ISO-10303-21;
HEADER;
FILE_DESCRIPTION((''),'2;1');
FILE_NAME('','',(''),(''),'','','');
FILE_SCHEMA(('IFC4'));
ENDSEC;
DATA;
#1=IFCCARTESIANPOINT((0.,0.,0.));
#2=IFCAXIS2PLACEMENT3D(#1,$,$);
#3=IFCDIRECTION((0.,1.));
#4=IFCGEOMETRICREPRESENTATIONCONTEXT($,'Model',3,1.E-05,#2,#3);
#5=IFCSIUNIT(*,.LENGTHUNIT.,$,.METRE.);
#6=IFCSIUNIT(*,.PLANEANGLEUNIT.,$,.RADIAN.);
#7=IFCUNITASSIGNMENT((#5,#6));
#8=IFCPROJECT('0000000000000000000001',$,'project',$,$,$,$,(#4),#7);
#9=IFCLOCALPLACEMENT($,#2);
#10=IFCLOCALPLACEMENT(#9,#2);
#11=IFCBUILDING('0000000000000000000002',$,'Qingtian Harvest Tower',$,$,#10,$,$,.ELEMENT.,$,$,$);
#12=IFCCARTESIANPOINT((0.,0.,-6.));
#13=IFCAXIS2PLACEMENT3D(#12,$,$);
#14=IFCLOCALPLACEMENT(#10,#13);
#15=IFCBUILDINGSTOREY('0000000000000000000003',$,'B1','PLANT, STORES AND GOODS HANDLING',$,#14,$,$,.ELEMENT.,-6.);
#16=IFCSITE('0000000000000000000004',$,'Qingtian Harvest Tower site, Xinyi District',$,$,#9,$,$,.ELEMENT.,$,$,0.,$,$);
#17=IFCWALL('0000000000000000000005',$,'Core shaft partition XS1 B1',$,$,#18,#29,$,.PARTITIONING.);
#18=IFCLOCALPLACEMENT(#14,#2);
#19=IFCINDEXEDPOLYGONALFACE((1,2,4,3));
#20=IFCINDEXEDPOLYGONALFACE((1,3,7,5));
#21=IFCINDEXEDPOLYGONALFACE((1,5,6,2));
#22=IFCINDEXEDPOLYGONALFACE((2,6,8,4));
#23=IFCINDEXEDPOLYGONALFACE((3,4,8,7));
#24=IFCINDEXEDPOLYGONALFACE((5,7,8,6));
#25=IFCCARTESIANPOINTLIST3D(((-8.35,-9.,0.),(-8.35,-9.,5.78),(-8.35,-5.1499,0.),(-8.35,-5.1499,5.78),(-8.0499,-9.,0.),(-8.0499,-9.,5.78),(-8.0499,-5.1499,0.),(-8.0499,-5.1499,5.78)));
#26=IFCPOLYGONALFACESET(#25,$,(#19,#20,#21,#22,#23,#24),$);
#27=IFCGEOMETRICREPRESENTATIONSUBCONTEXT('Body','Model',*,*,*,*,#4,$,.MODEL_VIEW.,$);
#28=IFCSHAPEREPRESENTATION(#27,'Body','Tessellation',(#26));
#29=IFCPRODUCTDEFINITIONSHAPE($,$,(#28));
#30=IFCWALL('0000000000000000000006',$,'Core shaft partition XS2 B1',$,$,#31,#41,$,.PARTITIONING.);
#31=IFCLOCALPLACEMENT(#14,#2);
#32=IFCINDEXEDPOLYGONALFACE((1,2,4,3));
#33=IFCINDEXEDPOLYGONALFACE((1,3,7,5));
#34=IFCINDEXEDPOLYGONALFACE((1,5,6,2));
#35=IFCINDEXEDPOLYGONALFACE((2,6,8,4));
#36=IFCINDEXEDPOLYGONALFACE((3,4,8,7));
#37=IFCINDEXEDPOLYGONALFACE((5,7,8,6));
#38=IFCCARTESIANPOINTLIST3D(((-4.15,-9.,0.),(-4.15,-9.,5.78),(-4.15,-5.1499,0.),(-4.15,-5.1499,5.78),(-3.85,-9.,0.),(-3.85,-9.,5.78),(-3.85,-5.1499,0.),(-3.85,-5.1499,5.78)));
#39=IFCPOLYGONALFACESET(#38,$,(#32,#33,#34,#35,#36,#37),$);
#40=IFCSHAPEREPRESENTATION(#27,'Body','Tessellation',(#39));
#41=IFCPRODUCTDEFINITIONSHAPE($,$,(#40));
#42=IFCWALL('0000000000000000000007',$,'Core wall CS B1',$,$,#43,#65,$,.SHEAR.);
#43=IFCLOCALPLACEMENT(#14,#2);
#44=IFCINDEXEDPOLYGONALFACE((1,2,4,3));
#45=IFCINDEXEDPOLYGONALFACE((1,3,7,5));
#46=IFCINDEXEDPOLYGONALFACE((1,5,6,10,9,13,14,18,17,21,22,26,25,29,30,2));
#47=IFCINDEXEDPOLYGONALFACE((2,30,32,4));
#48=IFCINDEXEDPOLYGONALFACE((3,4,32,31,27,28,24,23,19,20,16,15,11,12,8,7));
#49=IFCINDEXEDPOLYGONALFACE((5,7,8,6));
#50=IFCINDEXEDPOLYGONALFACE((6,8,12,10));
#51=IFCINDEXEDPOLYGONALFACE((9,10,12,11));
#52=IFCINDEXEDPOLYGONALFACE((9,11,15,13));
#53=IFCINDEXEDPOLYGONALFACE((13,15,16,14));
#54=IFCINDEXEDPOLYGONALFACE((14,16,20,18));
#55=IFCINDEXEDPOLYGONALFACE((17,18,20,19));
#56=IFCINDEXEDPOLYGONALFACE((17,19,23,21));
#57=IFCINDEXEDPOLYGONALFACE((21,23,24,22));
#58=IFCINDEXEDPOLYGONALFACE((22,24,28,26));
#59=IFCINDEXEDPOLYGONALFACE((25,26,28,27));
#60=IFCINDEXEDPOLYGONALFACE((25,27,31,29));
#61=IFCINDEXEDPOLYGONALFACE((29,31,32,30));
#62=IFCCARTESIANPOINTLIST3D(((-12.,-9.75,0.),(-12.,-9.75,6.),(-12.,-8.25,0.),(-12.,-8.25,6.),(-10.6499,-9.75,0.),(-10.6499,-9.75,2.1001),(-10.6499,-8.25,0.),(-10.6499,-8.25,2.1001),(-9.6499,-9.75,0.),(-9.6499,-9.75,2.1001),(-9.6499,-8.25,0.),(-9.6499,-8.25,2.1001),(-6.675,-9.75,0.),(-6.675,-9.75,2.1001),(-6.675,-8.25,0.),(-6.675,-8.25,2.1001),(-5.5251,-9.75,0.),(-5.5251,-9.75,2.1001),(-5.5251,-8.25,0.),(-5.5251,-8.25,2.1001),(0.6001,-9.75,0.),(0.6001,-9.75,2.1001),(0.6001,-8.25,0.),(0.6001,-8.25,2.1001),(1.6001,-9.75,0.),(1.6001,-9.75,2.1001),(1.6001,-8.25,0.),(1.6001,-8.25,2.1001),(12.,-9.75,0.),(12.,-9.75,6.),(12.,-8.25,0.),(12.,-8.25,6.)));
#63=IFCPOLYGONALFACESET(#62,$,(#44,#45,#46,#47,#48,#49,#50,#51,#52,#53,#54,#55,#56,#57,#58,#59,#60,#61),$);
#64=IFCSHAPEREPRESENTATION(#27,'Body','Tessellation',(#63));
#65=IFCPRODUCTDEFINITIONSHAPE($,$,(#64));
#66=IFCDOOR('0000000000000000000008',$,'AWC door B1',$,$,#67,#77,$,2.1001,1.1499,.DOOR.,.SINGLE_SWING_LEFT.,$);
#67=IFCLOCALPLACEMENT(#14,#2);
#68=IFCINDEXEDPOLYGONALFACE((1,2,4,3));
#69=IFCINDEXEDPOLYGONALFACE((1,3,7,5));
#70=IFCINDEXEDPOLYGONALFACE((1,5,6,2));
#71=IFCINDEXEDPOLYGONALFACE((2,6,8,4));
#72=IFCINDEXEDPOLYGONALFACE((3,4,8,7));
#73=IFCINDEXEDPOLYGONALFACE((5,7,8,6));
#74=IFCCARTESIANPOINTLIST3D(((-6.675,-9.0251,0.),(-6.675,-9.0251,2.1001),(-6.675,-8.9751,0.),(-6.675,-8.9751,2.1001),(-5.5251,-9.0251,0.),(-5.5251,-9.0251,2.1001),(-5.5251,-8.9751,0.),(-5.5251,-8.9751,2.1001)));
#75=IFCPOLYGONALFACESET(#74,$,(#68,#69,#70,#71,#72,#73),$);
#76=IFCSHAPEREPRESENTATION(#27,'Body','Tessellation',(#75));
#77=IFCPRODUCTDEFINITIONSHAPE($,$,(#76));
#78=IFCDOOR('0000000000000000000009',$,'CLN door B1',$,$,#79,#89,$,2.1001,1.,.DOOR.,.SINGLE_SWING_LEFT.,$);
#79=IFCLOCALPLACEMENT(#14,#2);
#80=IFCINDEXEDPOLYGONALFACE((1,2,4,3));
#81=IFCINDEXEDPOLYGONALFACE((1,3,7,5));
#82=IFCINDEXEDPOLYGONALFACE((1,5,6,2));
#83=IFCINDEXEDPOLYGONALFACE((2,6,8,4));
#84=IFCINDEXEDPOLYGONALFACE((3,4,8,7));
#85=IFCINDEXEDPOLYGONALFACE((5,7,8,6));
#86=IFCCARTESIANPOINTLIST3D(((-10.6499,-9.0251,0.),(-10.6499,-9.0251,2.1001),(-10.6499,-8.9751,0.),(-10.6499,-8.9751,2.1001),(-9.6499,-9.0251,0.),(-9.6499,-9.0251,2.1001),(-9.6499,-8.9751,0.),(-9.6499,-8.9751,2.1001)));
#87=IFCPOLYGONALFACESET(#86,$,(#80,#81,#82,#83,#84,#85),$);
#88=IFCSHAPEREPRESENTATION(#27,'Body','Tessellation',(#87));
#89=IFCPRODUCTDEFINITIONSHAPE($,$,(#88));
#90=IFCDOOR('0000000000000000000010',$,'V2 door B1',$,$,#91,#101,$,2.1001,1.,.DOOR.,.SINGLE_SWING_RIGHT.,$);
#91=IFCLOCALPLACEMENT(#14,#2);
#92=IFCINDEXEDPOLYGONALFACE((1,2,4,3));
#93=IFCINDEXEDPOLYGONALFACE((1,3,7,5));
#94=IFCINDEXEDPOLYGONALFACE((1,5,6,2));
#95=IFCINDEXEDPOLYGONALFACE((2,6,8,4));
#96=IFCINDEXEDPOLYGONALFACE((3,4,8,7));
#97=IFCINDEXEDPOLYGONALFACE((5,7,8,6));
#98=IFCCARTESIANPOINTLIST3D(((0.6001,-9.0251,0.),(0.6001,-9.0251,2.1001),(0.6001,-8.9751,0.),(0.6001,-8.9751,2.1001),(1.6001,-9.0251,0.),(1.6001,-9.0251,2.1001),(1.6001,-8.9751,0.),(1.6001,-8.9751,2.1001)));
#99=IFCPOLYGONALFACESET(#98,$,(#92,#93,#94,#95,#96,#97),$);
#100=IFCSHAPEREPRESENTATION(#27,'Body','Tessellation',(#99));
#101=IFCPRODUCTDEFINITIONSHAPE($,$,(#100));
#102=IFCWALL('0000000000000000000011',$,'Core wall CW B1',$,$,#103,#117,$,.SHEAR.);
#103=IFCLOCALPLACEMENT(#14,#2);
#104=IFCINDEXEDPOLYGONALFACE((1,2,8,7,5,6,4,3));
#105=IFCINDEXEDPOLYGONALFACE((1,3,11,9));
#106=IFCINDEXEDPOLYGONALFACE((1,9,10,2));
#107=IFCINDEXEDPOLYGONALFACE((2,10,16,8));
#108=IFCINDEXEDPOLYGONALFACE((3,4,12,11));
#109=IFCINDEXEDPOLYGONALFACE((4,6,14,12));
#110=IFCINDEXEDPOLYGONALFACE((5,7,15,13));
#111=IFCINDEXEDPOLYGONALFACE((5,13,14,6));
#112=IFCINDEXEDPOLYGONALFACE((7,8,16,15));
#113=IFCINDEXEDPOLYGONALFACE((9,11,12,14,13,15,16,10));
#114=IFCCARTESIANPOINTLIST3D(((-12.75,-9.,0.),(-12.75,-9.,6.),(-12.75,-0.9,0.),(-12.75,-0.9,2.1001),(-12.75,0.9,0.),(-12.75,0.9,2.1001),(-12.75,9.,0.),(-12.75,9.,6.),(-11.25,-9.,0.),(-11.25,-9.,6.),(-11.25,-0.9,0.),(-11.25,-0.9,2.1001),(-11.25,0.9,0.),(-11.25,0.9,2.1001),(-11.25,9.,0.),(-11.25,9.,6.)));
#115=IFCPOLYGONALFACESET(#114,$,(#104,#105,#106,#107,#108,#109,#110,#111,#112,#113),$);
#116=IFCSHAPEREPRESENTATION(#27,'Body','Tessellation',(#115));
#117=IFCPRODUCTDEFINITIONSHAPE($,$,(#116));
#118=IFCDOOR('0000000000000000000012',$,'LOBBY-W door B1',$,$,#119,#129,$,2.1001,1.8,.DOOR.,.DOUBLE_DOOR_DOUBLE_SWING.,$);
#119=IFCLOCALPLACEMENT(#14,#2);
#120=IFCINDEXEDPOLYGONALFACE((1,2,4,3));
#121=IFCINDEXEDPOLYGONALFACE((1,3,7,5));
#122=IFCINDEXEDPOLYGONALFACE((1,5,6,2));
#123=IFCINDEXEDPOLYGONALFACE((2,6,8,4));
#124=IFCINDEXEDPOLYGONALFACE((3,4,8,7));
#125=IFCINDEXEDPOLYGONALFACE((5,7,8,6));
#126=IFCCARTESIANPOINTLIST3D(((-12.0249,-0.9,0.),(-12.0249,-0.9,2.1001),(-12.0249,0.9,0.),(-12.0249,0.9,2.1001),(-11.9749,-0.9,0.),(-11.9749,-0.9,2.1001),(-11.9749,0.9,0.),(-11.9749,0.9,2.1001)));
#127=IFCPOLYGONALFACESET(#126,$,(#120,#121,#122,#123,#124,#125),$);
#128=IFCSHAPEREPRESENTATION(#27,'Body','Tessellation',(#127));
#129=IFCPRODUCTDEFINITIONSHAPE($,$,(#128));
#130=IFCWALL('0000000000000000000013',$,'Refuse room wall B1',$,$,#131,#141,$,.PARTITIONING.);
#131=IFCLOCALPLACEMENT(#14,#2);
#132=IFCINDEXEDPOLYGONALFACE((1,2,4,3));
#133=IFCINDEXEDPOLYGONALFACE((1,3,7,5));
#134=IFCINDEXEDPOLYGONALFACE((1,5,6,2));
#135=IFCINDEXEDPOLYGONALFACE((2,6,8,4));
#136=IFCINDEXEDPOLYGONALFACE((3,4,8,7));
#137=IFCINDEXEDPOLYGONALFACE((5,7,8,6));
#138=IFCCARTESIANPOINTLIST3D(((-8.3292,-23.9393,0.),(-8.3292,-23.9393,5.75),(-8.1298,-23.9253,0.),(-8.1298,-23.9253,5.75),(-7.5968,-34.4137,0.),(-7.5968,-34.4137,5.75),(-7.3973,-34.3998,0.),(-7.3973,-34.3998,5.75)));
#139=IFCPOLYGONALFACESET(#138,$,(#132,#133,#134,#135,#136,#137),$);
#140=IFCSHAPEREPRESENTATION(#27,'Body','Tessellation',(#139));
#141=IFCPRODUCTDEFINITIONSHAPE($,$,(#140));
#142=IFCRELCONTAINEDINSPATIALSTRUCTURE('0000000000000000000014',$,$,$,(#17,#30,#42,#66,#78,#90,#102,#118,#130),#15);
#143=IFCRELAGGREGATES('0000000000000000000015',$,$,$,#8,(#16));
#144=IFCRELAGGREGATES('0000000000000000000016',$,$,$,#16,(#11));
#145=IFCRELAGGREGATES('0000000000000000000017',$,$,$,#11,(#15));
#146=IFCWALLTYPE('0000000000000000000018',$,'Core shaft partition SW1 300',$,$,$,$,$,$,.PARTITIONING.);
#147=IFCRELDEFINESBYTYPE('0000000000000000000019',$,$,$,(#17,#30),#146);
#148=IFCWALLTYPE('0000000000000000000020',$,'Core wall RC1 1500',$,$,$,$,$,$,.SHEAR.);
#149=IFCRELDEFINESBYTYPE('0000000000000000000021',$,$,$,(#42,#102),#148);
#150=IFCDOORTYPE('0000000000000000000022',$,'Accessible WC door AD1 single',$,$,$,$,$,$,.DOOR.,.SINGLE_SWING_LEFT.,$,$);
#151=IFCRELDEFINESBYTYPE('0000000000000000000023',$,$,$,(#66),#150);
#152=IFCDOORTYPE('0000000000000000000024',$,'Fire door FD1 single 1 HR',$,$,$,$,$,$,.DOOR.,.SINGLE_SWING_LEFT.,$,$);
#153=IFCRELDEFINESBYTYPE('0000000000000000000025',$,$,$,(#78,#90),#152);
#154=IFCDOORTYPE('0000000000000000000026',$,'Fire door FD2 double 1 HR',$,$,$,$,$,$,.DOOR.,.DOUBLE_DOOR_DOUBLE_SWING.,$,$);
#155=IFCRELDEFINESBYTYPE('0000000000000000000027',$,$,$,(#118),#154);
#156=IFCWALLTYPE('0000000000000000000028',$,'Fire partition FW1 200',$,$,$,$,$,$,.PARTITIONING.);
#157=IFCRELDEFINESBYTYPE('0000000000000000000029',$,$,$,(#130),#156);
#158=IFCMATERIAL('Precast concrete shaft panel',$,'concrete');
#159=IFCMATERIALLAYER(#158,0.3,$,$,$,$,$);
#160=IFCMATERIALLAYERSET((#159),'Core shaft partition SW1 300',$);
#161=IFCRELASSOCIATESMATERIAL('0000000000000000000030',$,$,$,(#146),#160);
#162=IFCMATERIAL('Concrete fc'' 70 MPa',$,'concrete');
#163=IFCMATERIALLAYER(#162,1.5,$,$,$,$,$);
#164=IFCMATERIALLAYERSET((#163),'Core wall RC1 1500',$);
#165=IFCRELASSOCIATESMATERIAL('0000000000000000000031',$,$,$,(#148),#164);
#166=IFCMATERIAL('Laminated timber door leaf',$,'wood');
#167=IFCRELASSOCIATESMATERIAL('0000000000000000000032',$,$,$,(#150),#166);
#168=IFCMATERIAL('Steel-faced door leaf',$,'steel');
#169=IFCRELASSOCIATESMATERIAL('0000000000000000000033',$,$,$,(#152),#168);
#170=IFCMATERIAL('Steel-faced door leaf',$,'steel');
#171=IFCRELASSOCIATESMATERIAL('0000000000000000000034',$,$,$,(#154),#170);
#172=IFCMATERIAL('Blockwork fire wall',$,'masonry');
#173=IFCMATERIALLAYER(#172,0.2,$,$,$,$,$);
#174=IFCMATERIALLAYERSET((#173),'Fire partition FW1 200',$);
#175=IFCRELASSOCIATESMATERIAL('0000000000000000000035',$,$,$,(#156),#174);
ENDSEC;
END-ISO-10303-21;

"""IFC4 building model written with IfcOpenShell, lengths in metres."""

from ifc_helpers import new_model, si_unit, direction, frame, frame_2d, origin, place, context, subcontext, project, spatial, rectangle, extrude, material, layer, layer_set, type_object, element, fill, save


model = new_model("IFC4")

# Units and contexts
model_context = context("Model", 3, precision=1e-05, world=origin(), true_north=direction((0.0, 1.0)))
body_context = subcontext(model_context, "Body", "Model", "MODEL_VIEW")
ifc_project = project(units=[si_unit("LENGTHUNIT", "METRE"), si_unit("PLANEANGLEUNIT", "RADIAN")], contexts=[model_context])

# Site, building, storey
site_placement = place(None, origin())
site = spatial("IfcSite", under=ifc_project, at=site_placement, Name="Qingtian Harvest Tower site, Xinyi District", CompositionType="ELEMENT", RefElevation=0.0)
building_placement = place(site_placement, origin())
building = spatial("IfcBuilding", under=site, at=building_placement, Name="Qingtian Harvest Tower", CompositionType="ELEMENT")
storey_placement = place(building_placement, frame((0.0, 0.0, -6.0)))
storey = spatial("IfcBuildingStorey", under=building, at=storey_placement, Name="B1", Description="PLANT, STORES AND GOODS HANDLING", CompositionType="ELEMENT", Elevation=-6.0)

# Walls
ifc_material_1 = material(Name="Precast concrete shaft panel", Category="concrete")
ifc_layer_1 = layer(ifc_material_1, 0.3)
ifc_layer_set_1 = layer_set([ifc_layer_1], Name="Core shaft partition SW1 300")
wall_type_1 = type_object("IfcWallType", Name="Core shaft partition SW1 300", PredefinedType="PARTITIONING", material=ifc_layer_set_1)
for number, where, z_axis, x_axis, name in (
    (1, (-8.2, -9.0, 0.0), (0.0, 0.0, 1.0), (0.0, 1.0, 0.0), "Core shaft partition XS1 B1"),
    (2, (-4.0, -9.0, 0.0), (0.0, 0.0, 1.0), (0.0, 1.0, 0.0), "Core shaft partition XS2 B1"),
):
    element("IfcWall", number, at=place(storey_placement, frame(where, z_axis=z_axis, x_axis=x_axis)), inside=storey, type_object=wall_type_1, Name=name, PredefinedType="PARTITIONING", context=body_context, shape_type="SweptSolid", body=[
        extrude(rectangle(XDim=3.8501, YDim=0.3, at=frame_2d((1.925, 0.0))), origin(), (0.0, 0.0, 1.0), 5.78),
    ])

# Wall, openings, doors
ifc_material_2 = material(Name="Concrete fc' 70 MPa", Category="concrete")
ifc_layer_2 = layer(ifc_material_2, 1.5)
ifc_layer_set_2 = layer_set([ifc_layer_2], Name="Core wall RC1 1500")
wall_type_2 = type_object("IfcWallType", Name="Core wall RC1 1500", PredefinedType="SHEAR", material=ifc_layer_set_2)
wall_1_placement = place(storey_placement, frame((-12.0, -9.0, 0.0), z_axis=(0.0, 0.0, 1.0), x_axis=(1.0, 0.0, 0.0)))
wall_1 = element("IfcWall", 3, at=wall_1_placement, inside=storey, type_object=wall_type_2, Name="Core wall CS B1", PredefinedType="SHEAR", context=body_context, shape_type="SweptSolid", body=[
    extrude(rectangle(XDim=24.0, YDim=1.5, at=frame_2d((12.0, 0.0))), origin(), (0.0, 0.0, 1.0), 6.0),
])
opening_1_placement = place(wall_1_placement, frame((1.3501, 0.0, 0.0)))
opening_1 = element("IfcOpeningElement", 4, at=opening_1_placement, cuts=wall_1, PredefinedType="OPENING", context=body_context, shape_type="SweptSolid", body=[
    extrude(rectangle(XDim=1.0, YDim=2.1001, at=frame_2d((0.5, 1.05))), frame((0.0, 0.76, 0.0), z_axis=(0.0, -1.0, 0.0), x_axis=(1.0, 0.0, 0.0)), (0.0, 0.0, 1.0), 1.52),
])
opening_2_placement = place(wall_1_placement, frame((5.325, 0.0, 0.0)))
opening_2 = element("IfcOpeningElement", 5, at=opening_2_placement, cuts=wall_1, PredefinedType="OPENING", context=body_context, shape_type="SweptSolid", body=[
    extrude(rectangle(XDim=1.1499, YDim=2.1001, at=frame_2d((0.575, 1.05))), frame((0.0, 0.76, 0.0), z_axis=(0.0, -1.0, 0.0), x_axis=(1.0, 0.0, 0.0)), (0.0, 0.0, 1.0), 1.52),
])
opening_3_placement = place(wall_1_placement, frame((12.6001, 0.0, 0.0)))
opening_3 = element("IfcOpeningElement", 6, at=opening_3_placement, cuts=wall_1, PredefinedType="OPENING", context=body_context, shape_type="SweptSolid", body=[
    extrude(rectangle(XDim=1.0, YDim=2.1001, at=frame_2d((0.5, 1.05))), frame((0.0, 0.76, 0.0), z_axis=(0.0, -1.0, 0.0), x_axis=(1.0, 0.0, 0.0)), (0.0, 0.0, 1.0), 1.52),
])
ifc_material_3 = material(Name="Laminated timber door leaf", Category="wood")
door_type_1 = type_object("IfcDoorType", Name="Accessible WC door AD1 single", OperationType="SINGLE_SWING_LEFT", PredefinedType="DOOR", material=ifc_material_3)
door_1_placement = place(opening_2_placement, origin())
door_1 = element("IfcDoor", 7, at=door_1_placement, inside=storey, type_object=door_type_1, Name="AWC door B1", OperationType="SINGLE_SWING_LEFT", OverallHeight=2.1001, OverallWidth=1.1499, PredefinedType="DOOR", context=body_context, shape_type="SweptSolid", body=[
    extrude(rectangle(XDim=1.1499, YDim=2.1001, at=frame_2d((0.575, 1.05))), frame((0.0, 0.0249, 0.0), z_axis=(0.0, -1.0, 0.0), x_axis=(1.0, 0.0, 0.0)), (0.0, 0.0, 1.0), 0.05),
])
fill(opening_2, door_1)
ifc_material_4 = material(Name="Steel-faced door leaf", Category="steel")
door_type_2 = type_object("IfcDoorType", Name="Fire door FD1 single 1 HR", OperationType="SINGLE_SWING_LEFT", PredefinedType="DOOR", material=ifc_material_4)
door_2_placement = place(opening_1_placement, origin())
door_2 = element("IfcDoor", 8, at=door_2_placement, inside=storey, type_object=door_type_2, Name="CLN door B1", OperationType="SINGLE_SWING_LEFT", OverallHeight=2.1001, OverallWidth=1.0, PredefinedType="DOOR", context=body_context, shape_type="SweptSolid", body=[
    extrude(rectangle(XDim=1.0, YDim=2.1001, at=frame_2d((0.5, 1.05))), frame((0.0, 0.0249, 0.0), z_axis=(0.0, -1.0, 0.0), x_axis=(1.0, 0.0, 0.0)), (0.0, 0.0, 1.0), 0.05),
])
fill(opening_1, door_2)
door_3_placement = place(opening_3_placement, origin())
door_3 = element("IfcDoor", 9, at=door_3_placement, inside=storey, type_object=door_type_2, Name="V2 door B1", OperationType="SINGLE_SWING_RIGHT", OverallHeight=2.1001, OverallWidth=1.0, PredefinedType="DOOR", context=body_context, shape_type="SweptSolid", body=[
    extrude(rectangle(XDim=1.0, YDim=2.1001, at=frame_2d((0.5, 1.05))), frame((0.0, 0.0249, 0.0), z_axis=(0.0, -1.0, 0.0), x_axis=(1.0, 0.0, 0.0)), (0.0, 0.0, 1.0), 0.05),
])
fill(opening_3, door_3)

# Wall, opening, door
wall_2_placement = place(storey_placement, frame((-12.0, -9.0, 0.0), z_axis=(0.0, 0.0, 1.0), x_axis=(0.0, 1.0, 0.0)))
wall_2 = element("IfcWall", 10, at=wall_2_placement, inside=storey, type_object=wall_type_2, Name="Core wall CW B1", PredefinedType="SHEAR", context=body_context, shape_type="SweptSolid", body=[
    extrude(rectangle(XDim=18.0, YDim=1.5, at=frame_2d((9.0, 0.0))), origin(), (0.0, 0.0, 1.0), 6.0),
])
opening_4_placement = place(wall_2_placement, frame((8.1001, 0.0, 0.0)))
opening_4 = element("IfcOpeningElement", 11, at=opening_4_placement, cuts=wall_2, PredefinedType="OPENING", context=body_context, shape_type="SweptSolid", body=[
    extrude(rectangle(XDim=1.8, YDim=2.1001, at=frame_2d((0.8999, 1.05))), frame((0.0, 0.76, 0.0), z_axis=(0.0, -1.0, 0.0), x_axis=(1.0, 0.0, 0.0)), (0.0, 0.0, 1.0), 1.52),
])
ifc_material_5 = material(Name="Steel-faced door leaf", Category="steel")
door_type_3 = type_object("IfcDoorType", Name="Fire door FD2 double 1 HR", OperationType="DOUBLE_DOOR_DOUBLE_SWING", PredefinedType="DOOR", material=ifc_material_5)
door_4_placement = place(opening_4_placement, origin())
door_4 = element("IfcDoor", 12, at=door_4_placement, inside=storey, type_object=door_type_3, Name="LOBBY-W door B1", OperationType="DOUBLE_DOOR_DOUBLE_SWING", OverallHeight=2.1001, OverallWidth=1.8, PredefinedType="DOOR", context=body_context, shape_type="SweptSolid", body=[
    extrude(rectangle(XDim=1.8, YDim=2.1001, at=frame_2d((0.8999, 1.05))), frame((0.0, 0.0249, 0.0), z_axis=(0.0, -1.0, 0.0), x_axis=(1.0, 0.0, 0.0)), (0.0, 0.0, 1.0), 0.05),
])
fill(opening_4, door_4)

# Wall
ifc_material_6 = material(Name="Blockwork fire wall", Category="masonry")
ifc_layer_3 = layer(ifc_material_6, 0.2)
ifc_layer_set_3 = layer_set([ifc_layer_3], Name="Fire partition FW1 200")
wall_type_3 = type_object("IfcWallType", Name="Fire partition FW1 200", PredefinedType="PARTITIONING", material=ifc_layer_set_3)
wall_3_placement = place(storey_placement, frame((-7.4971, -34.4067, 0.0), z_axis=(0.0, 0.0, 1.0), x_axis=(-0.069755, 0.997564, 0.0)))
element("IfcWall", 13, at=wall_3_placement, inside=storey, type_object=wall_type_3, Name="Refuse room wall B1", PredefinedType="PARTITIONING", context=body_context, shape_type="SweptSolid", body=[
    extrude(rectangle(XDim=10.5, YDim=0.2, at=frame_2d((5.25, 0.0))), origin(), (0.0, 0.0, 1.0), 5.75),
])

save(model, "model.ifc")
